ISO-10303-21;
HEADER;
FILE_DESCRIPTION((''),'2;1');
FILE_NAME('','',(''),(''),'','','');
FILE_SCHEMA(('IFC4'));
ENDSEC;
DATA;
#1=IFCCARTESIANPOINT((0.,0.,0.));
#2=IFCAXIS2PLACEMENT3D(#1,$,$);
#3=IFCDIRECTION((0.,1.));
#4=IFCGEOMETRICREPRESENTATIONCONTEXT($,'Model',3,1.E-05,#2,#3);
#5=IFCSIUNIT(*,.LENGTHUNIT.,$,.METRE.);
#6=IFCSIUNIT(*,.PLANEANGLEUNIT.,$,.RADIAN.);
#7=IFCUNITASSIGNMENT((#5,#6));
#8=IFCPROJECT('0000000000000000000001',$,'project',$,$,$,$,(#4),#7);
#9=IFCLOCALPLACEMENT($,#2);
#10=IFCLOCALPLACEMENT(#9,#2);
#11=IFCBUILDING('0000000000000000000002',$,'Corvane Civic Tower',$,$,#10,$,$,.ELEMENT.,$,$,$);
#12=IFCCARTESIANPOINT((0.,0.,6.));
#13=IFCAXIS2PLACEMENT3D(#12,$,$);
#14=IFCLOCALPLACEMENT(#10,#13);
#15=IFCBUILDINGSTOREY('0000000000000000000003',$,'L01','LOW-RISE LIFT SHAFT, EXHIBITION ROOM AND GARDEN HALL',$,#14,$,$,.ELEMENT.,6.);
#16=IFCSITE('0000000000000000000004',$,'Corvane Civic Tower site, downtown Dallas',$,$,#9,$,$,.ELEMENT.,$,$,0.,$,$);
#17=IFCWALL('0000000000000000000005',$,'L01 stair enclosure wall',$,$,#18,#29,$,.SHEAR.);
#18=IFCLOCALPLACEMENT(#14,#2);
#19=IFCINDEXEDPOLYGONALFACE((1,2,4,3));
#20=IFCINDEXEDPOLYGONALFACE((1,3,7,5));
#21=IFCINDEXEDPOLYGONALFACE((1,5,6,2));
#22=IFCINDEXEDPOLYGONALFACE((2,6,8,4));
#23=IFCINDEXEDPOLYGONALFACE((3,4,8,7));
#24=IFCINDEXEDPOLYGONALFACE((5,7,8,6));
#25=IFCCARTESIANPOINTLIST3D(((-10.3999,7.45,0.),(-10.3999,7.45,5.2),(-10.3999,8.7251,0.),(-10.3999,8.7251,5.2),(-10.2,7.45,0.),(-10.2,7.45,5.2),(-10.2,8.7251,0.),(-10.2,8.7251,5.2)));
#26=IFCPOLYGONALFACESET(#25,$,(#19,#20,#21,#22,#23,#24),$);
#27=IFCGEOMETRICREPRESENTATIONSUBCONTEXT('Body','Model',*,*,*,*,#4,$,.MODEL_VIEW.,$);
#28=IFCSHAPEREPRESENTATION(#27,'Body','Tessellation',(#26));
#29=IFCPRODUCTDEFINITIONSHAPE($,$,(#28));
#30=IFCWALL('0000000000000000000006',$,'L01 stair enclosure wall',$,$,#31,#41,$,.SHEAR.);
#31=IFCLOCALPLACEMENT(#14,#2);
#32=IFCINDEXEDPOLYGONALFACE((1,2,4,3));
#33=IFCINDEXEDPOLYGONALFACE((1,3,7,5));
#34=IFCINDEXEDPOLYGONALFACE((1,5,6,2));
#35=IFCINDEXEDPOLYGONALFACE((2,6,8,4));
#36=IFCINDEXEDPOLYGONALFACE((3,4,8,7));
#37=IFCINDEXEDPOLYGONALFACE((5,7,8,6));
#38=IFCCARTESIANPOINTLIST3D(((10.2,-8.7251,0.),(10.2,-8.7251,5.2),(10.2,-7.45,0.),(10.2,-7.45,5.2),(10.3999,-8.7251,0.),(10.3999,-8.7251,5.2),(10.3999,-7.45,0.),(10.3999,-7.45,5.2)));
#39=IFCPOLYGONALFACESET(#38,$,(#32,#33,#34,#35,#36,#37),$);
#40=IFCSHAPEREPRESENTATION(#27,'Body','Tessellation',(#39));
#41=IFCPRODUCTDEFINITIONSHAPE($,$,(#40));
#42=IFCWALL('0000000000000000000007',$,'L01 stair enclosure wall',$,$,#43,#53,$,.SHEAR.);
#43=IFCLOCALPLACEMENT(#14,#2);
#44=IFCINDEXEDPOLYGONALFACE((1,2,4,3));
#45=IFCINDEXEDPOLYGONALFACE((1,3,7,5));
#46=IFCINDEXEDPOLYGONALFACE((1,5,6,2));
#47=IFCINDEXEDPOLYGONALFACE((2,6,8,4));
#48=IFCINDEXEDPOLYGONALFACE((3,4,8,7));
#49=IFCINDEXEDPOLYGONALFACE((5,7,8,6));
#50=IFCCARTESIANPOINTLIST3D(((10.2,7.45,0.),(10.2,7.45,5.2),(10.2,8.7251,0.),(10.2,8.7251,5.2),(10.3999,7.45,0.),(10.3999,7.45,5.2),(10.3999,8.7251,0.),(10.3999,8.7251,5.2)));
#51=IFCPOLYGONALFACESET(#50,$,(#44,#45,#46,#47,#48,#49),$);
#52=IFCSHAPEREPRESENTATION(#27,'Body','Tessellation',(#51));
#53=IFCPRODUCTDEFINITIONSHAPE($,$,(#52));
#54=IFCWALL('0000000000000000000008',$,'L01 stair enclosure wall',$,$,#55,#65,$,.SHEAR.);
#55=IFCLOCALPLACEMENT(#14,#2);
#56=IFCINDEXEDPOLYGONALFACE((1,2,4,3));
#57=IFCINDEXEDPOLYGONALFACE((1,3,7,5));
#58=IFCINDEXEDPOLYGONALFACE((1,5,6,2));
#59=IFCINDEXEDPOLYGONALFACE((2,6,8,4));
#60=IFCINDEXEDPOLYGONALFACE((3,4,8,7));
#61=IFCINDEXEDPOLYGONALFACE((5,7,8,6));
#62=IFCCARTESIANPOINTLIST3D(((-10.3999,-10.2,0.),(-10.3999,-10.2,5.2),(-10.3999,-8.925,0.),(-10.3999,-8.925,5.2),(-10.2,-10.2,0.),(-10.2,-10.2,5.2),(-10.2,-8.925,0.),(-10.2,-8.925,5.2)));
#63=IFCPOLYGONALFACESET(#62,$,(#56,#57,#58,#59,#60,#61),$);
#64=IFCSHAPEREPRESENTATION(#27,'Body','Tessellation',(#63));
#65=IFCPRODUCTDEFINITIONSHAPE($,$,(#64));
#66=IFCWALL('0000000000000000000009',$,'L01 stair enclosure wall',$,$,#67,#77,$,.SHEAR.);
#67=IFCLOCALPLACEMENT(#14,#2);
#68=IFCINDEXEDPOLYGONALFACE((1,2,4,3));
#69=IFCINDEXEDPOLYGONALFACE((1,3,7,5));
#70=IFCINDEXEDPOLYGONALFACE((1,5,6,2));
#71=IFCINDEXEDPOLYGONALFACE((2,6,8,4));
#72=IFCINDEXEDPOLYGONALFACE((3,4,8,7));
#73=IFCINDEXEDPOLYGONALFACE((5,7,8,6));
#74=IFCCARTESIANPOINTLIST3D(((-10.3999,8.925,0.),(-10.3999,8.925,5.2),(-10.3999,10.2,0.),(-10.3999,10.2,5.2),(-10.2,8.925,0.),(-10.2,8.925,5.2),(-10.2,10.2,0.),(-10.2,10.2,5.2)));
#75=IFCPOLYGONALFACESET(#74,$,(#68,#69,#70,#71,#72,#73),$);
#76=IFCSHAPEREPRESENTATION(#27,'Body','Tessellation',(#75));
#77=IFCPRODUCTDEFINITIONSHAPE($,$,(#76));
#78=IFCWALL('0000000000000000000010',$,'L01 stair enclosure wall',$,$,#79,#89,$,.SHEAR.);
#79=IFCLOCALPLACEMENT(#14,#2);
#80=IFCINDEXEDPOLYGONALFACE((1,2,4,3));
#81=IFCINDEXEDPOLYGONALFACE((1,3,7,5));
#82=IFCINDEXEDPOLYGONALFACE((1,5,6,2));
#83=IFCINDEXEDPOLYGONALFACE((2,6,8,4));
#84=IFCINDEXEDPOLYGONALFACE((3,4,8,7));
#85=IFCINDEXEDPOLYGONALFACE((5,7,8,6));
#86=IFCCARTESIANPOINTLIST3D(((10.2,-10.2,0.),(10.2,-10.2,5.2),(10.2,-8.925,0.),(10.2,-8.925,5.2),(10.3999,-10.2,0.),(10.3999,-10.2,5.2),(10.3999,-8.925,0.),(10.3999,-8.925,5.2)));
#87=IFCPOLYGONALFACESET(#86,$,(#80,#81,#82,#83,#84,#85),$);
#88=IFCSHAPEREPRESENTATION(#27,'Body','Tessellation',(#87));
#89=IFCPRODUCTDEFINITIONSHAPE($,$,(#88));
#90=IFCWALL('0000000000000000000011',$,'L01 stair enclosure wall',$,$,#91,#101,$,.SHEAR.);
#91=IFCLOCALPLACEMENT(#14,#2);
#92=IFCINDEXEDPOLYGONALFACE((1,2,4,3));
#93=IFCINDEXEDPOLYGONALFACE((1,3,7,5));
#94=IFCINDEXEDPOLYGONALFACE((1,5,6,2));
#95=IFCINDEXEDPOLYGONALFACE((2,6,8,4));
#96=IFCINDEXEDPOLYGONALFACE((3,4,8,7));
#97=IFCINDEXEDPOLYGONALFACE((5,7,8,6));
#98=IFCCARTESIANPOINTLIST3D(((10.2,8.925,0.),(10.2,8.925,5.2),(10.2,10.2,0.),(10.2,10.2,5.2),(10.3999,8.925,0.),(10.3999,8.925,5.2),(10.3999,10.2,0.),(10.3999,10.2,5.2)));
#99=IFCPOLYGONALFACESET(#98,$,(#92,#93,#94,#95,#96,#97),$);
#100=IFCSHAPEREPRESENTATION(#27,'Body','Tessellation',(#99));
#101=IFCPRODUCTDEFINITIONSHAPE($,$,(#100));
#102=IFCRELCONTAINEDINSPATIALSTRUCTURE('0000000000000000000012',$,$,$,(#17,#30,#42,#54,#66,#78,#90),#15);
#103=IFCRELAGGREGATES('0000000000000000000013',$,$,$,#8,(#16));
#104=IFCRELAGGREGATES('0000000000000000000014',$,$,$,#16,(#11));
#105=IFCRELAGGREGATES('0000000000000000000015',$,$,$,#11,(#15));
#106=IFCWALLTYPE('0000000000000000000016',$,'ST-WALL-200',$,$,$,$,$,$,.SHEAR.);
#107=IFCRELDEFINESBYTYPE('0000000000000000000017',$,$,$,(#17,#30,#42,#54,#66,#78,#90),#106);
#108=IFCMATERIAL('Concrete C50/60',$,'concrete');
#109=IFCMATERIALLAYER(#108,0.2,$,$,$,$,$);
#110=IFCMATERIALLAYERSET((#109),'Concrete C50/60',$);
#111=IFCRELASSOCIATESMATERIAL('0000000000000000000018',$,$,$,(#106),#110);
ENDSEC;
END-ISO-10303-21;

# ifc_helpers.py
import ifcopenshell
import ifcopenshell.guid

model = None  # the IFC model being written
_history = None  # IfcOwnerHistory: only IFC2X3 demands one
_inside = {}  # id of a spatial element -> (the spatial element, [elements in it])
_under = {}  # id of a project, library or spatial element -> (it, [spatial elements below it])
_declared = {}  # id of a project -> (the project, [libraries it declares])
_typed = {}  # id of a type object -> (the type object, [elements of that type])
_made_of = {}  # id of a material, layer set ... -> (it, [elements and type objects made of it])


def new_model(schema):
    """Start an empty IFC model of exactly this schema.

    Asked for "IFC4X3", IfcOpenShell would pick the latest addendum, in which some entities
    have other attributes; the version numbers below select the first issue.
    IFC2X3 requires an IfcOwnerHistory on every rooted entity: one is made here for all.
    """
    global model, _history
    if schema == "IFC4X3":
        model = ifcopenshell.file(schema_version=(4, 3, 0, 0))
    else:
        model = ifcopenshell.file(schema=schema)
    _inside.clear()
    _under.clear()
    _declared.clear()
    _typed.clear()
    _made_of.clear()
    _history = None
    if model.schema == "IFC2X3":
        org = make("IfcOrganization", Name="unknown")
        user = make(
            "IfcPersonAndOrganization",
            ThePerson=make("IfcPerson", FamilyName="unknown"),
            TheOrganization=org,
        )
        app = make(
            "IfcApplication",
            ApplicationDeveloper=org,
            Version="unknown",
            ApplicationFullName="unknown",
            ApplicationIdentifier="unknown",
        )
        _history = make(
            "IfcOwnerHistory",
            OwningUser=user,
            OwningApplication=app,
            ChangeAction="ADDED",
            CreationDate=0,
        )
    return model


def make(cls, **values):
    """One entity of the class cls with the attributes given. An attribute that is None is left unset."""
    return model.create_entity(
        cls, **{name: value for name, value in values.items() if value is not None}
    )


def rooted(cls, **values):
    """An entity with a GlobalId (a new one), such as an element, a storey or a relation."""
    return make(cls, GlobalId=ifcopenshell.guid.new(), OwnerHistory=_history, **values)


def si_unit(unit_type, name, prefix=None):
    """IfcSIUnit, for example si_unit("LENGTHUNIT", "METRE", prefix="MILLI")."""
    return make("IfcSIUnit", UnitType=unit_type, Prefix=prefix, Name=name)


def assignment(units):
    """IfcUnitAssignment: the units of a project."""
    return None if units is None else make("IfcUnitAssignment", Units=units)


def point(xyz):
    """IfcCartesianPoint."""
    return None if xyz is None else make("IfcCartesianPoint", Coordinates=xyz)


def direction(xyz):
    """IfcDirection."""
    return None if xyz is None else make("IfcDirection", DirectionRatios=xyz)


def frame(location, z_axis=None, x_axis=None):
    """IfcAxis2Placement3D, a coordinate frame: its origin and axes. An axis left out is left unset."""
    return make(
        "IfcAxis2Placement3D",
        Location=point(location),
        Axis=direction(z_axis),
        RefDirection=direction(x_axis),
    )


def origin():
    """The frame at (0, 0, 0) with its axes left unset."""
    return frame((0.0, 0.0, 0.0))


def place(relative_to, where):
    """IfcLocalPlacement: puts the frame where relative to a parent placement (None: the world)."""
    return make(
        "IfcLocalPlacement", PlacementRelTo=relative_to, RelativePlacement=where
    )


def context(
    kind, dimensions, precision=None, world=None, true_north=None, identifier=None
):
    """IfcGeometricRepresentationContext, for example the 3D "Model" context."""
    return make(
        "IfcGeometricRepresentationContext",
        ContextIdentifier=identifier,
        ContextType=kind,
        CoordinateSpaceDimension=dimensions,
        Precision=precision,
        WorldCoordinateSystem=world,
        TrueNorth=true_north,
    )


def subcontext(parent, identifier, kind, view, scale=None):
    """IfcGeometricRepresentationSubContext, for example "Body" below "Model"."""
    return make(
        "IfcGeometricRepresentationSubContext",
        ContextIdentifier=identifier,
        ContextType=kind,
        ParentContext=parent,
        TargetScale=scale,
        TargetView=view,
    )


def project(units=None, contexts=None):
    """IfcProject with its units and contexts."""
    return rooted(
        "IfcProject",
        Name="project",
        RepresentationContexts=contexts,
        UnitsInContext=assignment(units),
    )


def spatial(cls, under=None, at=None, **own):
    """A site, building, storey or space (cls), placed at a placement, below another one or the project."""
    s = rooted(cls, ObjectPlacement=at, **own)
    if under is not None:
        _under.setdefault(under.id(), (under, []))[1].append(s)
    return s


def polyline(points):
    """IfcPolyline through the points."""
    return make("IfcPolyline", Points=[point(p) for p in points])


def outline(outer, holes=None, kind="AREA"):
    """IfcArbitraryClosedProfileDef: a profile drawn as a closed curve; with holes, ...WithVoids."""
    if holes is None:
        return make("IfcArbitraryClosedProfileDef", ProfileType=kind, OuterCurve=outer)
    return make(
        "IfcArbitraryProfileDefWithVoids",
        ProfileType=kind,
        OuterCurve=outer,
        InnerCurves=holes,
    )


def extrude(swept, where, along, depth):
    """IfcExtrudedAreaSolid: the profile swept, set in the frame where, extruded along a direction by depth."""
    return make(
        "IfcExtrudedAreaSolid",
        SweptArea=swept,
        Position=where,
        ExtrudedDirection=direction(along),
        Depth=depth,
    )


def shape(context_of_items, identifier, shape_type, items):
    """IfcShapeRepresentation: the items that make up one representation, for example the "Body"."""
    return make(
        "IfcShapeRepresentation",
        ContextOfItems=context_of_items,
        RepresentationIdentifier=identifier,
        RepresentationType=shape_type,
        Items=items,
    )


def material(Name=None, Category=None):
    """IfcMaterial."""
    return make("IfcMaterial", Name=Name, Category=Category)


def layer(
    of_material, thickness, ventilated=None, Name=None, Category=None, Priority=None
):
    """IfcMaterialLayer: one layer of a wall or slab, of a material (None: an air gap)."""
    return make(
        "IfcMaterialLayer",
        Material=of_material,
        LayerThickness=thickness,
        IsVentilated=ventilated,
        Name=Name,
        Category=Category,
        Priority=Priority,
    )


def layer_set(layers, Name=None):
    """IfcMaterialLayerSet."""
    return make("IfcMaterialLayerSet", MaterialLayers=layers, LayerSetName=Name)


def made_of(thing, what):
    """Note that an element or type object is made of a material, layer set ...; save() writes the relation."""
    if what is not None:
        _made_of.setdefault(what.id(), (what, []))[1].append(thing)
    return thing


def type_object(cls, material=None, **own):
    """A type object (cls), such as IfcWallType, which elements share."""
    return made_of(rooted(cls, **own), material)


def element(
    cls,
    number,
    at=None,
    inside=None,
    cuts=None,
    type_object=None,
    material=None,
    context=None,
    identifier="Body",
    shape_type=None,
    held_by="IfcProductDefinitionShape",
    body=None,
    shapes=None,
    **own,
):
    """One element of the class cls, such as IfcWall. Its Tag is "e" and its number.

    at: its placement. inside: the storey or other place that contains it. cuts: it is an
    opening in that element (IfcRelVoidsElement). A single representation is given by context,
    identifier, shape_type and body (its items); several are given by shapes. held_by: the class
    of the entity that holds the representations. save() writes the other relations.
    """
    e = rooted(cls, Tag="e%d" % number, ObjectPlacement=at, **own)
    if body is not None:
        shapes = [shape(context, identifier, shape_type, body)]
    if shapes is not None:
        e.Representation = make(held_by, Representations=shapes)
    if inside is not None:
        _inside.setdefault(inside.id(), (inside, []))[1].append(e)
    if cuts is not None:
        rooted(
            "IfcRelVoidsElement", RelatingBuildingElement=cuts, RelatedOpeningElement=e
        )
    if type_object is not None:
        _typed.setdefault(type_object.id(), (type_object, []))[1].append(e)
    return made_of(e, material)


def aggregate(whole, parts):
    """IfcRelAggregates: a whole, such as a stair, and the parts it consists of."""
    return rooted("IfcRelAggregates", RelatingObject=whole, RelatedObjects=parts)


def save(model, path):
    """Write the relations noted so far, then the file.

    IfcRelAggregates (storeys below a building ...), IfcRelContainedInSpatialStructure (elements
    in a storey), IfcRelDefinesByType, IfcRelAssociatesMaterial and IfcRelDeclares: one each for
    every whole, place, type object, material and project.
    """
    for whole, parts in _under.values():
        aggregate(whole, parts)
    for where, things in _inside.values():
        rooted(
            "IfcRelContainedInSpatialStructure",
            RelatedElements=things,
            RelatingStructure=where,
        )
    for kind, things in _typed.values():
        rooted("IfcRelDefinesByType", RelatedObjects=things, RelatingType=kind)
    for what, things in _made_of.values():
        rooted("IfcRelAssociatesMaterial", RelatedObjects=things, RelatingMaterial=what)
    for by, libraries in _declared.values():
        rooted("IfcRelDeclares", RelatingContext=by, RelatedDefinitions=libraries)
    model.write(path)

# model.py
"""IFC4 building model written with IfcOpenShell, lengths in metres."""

from ifc_helpers import new_model, si_unit, direction, frame, origin, place, context, subcontext, project, spatial, polyline, outline, extrude, material, layer, layer_set, type_object, element, save


model = new_model("IFC4")

# Units and contexts
model_context = context("Model", 3, precision=1e-05, world=origin(), true_north=direction((0.0, 1.0)))
body_context = subcontext(model_context, "Body", "Model", "MODEL_VIEW")
ifc_project = project(units=[si_unit("LENGTHUNIT", "METRE"), si_unit("PLANEANGLEUNIT", "RADIAN")], contexts=[model_context])

# Site, building, storey
site_placement = place(None, origin())
site = spatial("IfcSite", under=ifc_project, at=site_placement, Name="Corvane Civic Tower site, downtown Dallas", CompositionType="ELEMENT", RefElevation=0.0)
building_placement = place(site_placement, origin())
building = spatial("IfcBuilding", under=site, at=building_placement, Name="Corvane Civic Tower", CompositionType="ELEMENT")
storey_placement = place(building_placement, frame((0.0, 0.0, 6.0)))
storey = spatial("IfcBuildingStorey", under=building, at=storey_placement, Name="L01", Description="LOW-RISE LIFT SHAFT, EXHIBITION ROOM AND GARDEN HALL", CompositionType="ELEMENT", Elevation=6.0)

# Walls
ifc_material_1 = material(Name="Concrete C50/60", Category="concrete")
ifc_layer_1 = layer(ifc_material_1, 0.2)
ifc_layer_set_1 = layer_set([ifc_layer_1], Name="Concrete C50/60")
wall_type_1 = type_object("IfcWallType", Name="ST-WALL-200", PredefinedType="SHEAR", material=ifc_layer_set_1)
wall_1_placement = place(storey_placement, origin())
element("IfcWall", 1, at=wall_1_placement, inside=storey, type_object=wall_type_1, Name="L01 stair enclosure wall", PredefinedType="SHEAR", context=body_context, shape_type="SweptSolid", body=[
    extrude(outline(polyline([(-10.2, 8.7251), (-10.2, 7.45), (-10.3999, 7.45), (-10.3999, 8.7251), (-10.2, 8.7251)])), origin(), (0.0, 0.0, 1.0), 5.2),
])
wall_2_placement = place(storey_placement, origin())
element("IfcWall", 2, at=wall_2_placement, inside=storey, type_object=wall_type_1, Name="L01 stair enclosure wall", PredefinedType="SHEAR", context=body_context, shape_type="SweptSolid", body=[
    extrude(outline(polyline([(10.3999, -7.45), (10.3999, -8.7251), (10.2, -8.7251), (10.2, -7.45), (10.3999, -7.45)])), origin(), (0.0, 0.0, 1.0), 5.2),
])
wall_3_placement = place(storey_placement, origin())
element("IfcWall", 3, at=wall_3_placement, inside=storey, type_object=wall_type_1, Name="L01 stair enclosure wall", PredefinedType="SHEAR", context=body_context, shape_type="SweptSolid", body=[
    extrude(outline(polyline([(10.3999, 8.7251), (10.3999, 7.45), (10.2, 7.45), (10.2, 8.7251), (10.3999, 8.7251)])), origin(), (0.0, 0.0, 1.0), 5.2),
])
wall_4_placement = place(storey_placement, origin())
element("IfcWall", 4, at=wall_4_placement, inside=storey, type_object=wall_type_1, Name="L01 stair enclosure wall", PredefinedType="SHEAR", context=body_context, shape_type="SweptSolid", body=[
    extrude(outline(polyline([(-10.2, -8.925), (-10.2, -10.2), (-10.3999, -10.2), (-10.3999, -8.925), (-10.2, -8.925)])), origin(), (0.0, 0.0, 1.0), 5.2),
])
wall_5_placement = place(storey_placement, origin())
element("IfcWall", 5, at=wall_5_placement, inside=storey, type_object=wall_type_1, Name="L01 stair enclosure wall", PredefinedType="SHEAR", context=body_context, shape_type="SweptSolid", body=[
    extrude(outline(polyline([(-10.2, 8.925), (-10.3999, 8.925), (-10.3999, 10.2), (-10.2, 10.2), (-10.2, 8.925)])), origin(), (0.0, 0.0, 1.0), 5.2),
])
wall_6_placement = place(storey_placement, origin())
element("IfcWall", 6, at=wall_6_placement, inside=storey, type_object=wall_type_1, Name="L01 stair enclosure wall", PredefinedType="SHEAR", context=body_context, shape_type="SweptSolid", body=[
    extrude(outline(polyline([(10.3999, -8.925), (10.3999, -10.2), (10.2, -10.2), (10.2, -8.925), (10.3999, -8.925)])), origin(), (0.0, 0.0, 1.0), 5.2),
])
wall_7_placement = place(storey_placement, origin())
element("IfcWall", 7, at=wall_7_placement, inside=storey, type_object=wall_type_1, Name="L01 stair enclosure wall", PredefinedType="SHEAR", context=body_context, shape_type="SweptSolid", body=[
    extrude(outline(polyline([(10.3999, 8.925), (10.2, 8.925), (10.2, 10.2), (10.3999, 10.2), (10.3999, 8.925)])), origin(), (0.0, 0.0, 1.0), 5.2),
])

save(model, "model.ifc")
